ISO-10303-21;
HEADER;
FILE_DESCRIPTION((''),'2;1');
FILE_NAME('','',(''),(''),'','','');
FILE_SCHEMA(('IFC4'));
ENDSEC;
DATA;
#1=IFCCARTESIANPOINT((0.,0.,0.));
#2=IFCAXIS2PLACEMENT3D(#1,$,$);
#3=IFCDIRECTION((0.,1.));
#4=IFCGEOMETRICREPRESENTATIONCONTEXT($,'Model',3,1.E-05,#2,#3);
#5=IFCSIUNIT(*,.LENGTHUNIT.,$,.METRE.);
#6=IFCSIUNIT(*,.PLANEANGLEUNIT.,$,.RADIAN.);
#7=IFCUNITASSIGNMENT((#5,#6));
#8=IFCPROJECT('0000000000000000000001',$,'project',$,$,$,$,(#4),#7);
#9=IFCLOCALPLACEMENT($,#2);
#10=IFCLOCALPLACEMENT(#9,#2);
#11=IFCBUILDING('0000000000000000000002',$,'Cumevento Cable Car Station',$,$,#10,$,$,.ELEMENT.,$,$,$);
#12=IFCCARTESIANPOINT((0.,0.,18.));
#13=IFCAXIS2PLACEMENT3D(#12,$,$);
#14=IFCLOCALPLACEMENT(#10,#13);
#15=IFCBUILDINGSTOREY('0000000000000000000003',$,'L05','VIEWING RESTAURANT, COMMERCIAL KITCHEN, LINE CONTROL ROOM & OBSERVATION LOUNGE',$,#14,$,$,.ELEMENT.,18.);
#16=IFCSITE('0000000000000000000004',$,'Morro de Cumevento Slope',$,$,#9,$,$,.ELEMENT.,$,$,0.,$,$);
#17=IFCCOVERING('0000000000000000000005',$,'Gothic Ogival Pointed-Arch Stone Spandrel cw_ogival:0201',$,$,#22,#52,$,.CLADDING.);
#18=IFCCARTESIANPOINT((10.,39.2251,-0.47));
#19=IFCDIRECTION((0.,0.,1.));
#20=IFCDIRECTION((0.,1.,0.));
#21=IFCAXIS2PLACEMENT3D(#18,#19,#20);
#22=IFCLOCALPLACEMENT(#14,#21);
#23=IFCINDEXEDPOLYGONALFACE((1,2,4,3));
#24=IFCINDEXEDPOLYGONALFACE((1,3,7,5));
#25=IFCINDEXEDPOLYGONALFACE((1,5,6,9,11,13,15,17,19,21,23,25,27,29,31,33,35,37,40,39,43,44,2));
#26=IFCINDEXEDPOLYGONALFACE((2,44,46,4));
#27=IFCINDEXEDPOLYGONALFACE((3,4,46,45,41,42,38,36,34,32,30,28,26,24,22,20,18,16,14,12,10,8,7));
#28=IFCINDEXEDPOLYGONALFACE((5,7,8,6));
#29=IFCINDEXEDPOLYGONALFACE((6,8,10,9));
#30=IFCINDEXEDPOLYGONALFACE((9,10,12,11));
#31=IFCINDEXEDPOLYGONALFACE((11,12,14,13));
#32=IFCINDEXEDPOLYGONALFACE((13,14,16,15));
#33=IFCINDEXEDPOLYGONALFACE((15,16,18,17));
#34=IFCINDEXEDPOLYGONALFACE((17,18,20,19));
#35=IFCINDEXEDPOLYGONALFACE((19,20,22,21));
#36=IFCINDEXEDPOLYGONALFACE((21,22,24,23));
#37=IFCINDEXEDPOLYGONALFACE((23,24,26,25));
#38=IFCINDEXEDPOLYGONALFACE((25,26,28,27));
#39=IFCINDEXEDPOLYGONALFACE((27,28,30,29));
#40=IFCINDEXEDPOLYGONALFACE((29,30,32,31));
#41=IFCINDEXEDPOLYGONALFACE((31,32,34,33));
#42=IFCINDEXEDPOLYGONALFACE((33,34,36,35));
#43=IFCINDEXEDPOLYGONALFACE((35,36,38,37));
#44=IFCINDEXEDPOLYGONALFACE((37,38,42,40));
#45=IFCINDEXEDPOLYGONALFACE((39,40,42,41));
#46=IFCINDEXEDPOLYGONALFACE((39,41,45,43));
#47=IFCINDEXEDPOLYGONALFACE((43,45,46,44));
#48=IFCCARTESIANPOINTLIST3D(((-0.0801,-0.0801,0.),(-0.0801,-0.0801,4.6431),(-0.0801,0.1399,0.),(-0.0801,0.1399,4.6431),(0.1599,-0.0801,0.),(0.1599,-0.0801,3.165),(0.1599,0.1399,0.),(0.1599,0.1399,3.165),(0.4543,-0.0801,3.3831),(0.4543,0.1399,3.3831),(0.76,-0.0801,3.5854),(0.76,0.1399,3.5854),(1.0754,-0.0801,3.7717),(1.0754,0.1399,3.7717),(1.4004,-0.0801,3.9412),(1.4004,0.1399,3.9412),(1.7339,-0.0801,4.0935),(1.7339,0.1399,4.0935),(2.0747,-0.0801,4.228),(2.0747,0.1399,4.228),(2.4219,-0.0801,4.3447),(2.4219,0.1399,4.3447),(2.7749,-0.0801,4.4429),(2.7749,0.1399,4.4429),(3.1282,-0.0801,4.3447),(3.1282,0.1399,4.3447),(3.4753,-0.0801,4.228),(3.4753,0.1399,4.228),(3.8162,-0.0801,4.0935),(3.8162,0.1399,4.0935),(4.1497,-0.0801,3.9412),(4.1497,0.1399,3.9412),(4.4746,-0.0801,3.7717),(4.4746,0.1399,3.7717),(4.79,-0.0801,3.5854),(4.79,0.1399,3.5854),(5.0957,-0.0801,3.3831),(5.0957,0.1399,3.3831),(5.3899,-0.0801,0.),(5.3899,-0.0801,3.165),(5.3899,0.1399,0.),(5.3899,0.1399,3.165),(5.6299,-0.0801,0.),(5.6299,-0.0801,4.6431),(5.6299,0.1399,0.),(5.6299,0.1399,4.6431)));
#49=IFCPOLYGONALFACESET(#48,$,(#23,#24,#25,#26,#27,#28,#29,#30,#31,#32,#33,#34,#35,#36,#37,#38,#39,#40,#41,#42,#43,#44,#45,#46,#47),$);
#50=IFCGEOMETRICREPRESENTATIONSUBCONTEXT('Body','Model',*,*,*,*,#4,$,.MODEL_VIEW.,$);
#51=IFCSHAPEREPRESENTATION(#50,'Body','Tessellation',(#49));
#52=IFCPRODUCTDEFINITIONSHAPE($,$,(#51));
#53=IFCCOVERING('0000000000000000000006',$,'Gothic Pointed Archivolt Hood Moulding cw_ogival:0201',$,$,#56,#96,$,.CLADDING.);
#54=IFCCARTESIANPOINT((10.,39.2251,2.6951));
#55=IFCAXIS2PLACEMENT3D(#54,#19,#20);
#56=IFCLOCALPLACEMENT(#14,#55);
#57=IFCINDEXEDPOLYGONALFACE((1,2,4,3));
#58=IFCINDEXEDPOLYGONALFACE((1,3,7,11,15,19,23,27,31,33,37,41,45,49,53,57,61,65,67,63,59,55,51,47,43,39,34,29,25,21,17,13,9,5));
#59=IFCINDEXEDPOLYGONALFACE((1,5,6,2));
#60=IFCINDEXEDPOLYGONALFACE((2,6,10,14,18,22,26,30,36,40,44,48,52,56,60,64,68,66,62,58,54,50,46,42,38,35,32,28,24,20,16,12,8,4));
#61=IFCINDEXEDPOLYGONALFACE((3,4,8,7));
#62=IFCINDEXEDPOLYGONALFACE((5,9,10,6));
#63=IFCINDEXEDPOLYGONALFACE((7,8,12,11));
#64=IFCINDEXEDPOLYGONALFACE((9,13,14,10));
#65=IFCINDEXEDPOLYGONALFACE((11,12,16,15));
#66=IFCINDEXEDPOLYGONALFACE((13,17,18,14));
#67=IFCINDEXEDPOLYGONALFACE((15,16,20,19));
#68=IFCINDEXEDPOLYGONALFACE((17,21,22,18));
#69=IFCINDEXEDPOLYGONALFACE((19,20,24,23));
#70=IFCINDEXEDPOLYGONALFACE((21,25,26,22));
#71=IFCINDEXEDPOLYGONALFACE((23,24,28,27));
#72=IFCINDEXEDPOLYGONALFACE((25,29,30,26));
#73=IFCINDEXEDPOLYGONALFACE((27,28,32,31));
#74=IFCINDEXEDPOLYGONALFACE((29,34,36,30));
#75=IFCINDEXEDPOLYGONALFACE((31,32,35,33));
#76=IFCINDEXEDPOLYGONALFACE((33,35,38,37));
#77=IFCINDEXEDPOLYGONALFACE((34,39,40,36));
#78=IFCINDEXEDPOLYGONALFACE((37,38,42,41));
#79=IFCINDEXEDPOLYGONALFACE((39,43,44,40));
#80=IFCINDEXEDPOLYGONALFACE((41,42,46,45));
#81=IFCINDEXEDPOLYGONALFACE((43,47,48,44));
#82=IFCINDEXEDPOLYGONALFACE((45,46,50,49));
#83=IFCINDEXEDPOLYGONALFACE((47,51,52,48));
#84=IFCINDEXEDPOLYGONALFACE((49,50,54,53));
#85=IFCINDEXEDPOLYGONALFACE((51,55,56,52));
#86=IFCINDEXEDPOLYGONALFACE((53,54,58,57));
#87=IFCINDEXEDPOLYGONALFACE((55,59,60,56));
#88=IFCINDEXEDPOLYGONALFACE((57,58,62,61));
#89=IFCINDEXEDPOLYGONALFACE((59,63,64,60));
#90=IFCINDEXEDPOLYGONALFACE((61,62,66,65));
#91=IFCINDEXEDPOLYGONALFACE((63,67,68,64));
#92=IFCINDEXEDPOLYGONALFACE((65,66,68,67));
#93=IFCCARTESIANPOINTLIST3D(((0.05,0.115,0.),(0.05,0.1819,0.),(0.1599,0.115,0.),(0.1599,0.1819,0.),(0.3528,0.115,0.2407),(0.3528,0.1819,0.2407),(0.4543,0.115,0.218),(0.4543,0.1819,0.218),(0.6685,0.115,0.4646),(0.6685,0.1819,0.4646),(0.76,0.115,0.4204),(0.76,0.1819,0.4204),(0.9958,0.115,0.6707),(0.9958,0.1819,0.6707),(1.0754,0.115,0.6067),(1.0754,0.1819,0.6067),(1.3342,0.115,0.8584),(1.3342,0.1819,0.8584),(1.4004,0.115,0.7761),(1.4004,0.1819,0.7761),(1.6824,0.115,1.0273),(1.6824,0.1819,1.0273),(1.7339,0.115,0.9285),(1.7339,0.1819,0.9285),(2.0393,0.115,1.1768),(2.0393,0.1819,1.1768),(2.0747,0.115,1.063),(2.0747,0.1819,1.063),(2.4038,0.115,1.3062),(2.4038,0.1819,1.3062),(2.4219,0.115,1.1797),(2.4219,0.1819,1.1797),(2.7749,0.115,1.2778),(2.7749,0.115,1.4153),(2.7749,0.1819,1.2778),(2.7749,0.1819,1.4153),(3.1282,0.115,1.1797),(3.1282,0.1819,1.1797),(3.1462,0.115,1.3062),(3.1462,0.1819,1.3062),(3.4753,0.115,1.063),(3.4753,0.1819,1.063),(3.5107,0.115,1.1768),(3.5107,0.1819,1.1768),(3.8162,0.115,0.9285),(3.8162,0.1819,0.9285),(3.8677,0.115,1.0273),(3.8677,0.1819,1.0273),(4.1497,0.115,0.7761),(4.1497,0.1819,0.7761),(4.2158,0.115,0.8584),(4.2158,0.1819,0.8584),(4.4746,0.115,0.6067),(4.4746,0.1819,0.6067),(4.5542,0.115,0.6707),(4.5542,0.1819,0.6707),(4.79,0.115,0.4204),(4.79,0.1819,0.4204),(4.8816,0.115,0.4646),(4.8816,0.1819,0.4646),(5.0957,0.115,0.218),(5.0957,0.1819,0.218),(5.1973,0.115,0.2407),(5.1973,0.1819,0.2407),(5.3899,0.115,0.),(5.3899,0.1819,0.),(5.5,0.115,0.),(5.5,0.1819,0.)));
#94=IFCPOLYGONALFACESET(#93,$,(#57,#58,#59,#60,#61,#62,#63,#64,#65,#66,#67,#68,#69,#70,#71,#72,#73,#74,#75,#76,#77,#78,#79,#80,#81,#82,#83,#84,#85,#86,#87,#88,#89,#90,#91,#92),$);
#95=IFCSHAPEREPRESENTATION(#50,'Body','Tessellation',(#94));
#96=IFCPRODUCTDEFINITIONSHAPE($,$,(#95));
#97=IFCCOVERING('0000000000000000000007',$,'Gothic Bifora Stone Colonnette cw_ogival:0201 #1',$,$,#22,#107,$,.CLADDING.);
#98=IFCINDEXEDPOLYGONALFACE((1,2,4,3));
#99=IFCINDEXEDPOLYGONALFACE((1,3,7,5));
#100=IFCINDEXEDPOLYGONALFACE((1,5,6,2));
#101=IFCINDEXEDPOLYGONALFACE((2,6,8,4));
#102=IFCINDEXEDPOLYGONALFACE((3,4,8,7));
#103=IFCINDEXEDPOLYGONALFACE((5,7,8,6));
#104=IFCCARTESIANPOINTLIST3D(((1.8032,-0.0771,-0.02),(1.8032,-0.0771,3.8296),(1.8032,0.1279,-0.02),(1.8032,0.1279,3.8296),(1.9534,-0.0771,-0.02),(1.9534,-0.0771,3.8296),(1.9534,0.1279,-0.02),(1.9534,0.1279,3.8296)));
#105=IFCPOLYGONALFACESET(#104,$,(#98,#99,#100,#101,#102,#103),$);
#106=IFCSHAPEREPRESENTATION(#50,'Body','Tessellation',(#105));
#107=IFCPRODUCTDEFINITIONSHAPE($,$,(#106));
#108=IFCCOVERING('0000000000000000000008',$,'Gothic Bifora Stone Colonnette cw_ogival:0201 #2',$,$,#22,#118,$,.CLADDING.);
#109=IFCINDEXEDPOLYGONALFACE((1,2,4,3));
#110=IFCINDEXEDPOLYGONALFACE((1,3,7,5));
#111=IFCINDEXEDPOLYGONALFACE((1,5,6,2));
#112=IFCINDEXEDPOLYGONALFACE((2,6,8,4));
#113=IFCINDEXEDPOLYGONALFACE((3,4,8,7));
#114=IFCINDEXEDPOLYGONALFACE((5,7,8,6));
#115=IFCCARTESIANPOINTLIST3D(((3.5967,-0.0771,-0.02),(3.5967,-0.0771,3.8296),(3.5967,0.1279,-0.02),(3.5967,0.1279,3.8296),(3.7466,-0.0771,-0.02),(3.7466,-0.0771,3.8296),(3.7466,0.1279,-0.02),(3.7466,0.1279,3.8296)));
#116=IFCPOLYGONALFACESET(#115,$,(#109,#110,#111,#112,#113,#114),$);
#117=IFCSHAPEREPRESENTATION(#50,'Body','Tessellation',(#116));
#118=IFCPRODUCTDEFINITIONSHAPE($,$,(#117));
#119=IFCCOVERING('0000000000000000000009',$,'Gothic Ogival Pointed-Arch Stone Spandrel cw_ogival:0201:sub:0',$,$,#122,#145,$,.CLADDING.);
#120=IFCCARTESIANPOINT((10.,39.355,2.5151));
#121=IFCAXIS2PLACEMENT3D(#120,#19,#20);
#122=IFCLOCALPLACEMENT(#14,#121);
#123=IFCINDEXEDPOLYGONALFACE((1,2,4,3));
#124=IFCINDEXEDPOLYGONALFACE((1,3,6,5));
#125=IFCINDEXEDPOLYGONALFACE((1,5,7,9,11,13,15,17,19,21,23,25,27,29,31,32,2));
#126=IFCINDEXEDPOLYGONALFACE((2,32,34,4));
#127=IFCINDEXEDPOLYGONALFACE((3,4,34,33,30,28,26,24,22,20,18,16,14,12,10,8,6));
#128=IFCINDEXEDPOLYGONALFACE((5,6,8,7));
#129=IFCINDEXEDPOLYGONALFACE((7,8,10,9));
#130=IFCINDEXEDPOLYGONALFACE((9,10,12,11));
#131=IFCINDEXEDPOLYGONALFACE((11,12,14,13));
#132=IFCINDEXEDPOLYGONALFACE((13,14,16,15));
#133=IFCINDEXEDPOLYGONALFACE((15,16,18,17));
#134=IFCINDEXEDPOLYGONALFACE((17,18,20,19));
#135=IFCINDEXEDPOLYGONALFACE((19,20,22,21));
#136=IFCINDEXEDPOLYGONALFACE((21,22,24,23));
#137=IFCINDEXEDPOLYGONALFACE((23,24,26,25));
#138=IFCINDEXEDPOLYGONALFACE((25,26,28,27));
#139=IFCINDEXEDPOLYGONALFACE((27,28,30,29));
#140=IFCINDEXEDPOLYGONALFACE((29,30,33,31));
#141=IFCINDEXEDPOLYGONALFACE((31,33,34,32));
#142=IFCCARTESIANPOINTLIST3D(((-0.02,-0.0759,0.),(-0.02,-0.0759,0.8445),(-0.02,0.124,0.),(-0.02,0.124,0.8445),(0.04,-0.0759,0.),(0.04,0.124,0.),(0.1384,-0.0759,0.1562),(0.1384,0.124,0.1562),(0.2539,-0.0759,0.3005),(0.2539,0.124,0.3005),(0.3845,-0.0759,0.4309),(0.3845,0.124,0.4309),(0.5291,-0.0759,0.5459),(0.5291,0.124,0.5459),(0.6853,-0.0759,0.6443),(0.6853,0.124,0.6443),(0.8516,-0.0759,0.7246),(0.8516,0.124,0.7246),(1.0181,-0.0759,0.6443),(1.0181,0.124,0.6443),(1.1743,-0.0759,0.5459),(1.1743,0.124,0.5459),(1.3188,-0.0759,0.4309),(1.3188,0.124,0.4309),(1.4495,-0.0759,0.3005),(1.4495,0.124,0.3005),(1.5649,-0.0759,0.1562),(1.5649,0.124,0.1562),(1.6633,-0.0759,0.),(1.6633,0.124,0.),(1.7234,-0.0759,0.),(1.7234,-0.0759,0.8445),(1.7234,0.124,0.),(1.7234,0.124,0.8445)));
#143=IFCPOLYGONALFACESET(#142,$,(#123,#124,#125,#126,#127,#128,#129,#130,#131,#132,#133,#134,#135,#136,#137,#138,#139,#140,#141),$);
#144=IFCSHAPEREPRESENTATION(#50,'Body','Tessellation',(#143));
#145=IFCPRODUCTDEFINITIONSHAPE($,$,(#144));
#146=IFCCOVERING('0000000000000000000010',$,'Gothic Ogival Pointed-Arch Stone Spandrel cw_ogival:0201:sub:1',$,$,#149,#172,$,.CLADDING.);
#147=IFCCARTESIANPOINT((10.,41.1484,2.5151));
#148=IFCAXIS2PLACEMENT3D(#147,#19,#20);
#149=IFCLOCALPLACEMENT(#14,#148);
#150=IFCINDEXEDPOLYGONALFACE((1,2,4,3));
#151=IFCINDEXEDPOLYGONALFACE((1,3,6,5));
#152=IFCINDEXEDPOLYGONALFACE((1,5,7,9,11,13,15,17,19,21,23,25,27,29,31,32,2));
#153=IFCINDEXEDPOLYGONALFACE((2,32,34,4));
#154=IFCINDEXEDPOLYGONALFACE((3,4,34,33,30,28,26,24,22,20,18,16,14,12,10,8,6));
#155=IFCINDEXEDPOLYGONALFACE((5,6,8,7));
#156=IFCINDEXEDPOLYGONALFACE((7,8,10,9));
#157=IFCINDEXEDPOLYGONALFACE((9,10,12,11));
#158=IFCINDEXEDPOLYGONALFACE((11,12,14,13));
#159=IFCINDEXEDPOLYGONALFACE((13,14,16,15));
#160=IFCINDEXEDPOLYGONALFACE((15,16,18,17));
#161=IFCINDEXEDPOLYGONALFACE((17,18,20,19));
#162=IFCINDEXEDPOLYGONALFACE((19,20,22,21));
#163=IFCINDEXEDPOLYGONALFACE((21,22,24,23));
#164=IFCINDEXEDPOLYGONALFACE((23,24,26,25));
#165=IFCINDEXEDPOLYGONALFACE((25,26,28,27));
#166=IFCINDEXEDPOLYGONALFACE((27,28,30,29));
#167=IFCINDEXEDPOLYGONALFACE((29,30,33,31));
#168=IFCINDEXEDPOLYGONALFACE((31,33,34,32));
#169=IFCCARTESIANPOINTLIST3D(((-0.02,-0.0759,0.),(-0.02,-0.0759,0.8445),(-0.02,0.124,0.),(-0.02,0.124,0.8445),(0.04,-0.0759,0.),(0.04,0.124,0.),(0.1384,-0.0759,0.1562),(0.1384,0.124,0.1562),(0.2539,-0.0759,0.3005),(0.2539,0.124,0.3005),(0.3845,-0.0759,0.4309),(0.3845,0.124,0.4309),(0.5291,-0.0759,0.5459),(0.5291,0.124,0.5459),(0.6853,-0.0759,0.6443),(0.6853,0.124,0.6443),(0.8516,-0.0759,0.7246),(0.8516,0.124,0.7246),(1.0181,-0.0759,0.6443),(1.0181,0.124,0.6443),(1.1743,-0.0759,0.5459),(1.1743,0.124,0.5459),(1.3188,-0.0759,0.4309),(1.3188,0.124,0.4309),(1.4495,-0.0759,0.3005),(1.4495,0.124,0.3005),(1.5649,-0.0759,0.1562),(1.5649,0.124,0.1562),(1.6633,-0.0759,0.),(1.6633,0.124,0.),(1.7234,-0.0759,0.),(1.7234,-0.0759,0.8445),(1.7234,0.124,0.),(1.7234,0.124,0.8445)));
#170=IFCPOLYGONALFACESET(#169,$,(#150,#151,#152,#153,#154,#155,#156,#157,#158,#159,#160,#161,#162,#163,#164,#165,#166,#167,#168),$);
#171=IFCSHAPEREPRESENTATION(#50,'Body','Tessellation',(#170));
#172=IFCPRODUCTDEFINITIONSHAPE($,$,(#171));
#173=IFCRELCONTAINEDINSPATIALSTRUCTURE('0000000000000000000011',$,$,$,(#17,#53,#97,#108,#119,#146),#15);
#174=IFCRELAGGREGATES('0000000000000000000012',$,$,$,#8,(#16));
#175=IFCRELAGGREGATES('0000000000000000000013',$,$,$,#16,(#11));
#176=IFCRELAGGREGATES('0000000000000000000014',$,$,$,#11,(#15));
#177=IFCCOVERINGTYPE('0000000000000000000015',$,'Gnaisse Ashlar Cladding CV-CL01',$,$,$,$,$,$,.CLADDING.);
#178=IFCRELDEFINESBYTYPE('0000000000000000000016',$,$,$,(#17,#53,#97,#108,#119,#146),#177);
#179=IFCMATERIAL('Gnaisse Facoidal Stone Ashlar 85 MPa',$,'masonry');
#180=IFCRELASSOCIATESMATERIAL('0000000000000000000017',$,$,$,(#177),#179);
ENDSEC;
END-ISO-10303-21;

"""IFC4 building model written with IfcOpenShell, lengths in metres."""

from ifc_helpers import new_model, si_unit, direction, frame, origin, place, context, subcontext, project, spatial, polyline, outline, extrude, material, type_object, element, save


model = new_model("IFC4")

# Units and contexts
model_context = context("Model", 3, precision=1e-05, world=origin(), true_north=direction((0.0, 1.0)))
body_context = subcontext(model_context, "Body", "Model", "MODEL_VIEW")
ifc_project = project(units=[si_unit("LENGTHUNIT", "METRE"), si_unit("PLANEANGLEUNIT", "RADIAN")], contexts=[model_context])

# Site, building, storey
site_placement = place(None, origin())
site = spatial("IfcSite", under=ifc_project, at=site_placement, Name="Morro de Cumevento Slope", CompositionType="ELEMENT", RefElevation=0.0)
building_placement = place(site_placement, origin())
building = spatial("IfcBuilding", under=site, at=building_placement, Name="Cumevento Cable Car Station", CompositionType="ELEMENT")
storey_placement = place(building_placement, frame((0.0, 0.0, 18.0)))
storey = spatial("IfcBuildingStorey", under=building, at=storey_placement, Name="L05", Description="VIEWING RESTAURANT, COMMERCIAL KITCHEN, LINE CONTROL ROOM & OBSERVATION LOUNGE", CompositionType="ELEMENT", Elevation=18.0)

# Coverings
ifc_material_1 = material(Name="Gnaisse Facoidal Stone Ashlar 85 MPa", Category="masonry")
covering_type = type_object("IfcCoveringType", Name="Gnaisse Ashlar Cladding CV-CL01", PredefinedType="CLADDING", material=ifc_material_1)
placement = place(storey_placement, frame((10.0, 39.2251, -0.47), z_axis=(0.0, 0.0, 1.0), x_axis=(0.0, 1.0, 0.0)))
element("IfcCovering", 1, at=placement, inside=storey, type_object=covering_type, Name="Gothic Ogival Pointed-Arch Stone Spandrel cw_ogival:0201", PredefinedType="CLADDING", context=body_context, shape_type="SweptSolid", body=[
    extrude(outline(polyline([(-0.0801, 0.0), (-0.0801, 4.6431), (5.6299, 4.6431), (5.6299, 0.0), (5.3899, 0.0), (5.3899, 3.165), (5.0957, 3.3831), (4.79, 3.5854), (4.4746, 3.7717), (4.1497, 3.9412), (3.8162, 4.0935), (3.4753, 4.228), (3.1282, 4.3447), (2.7749, 4.4429), (2.4219, 4.3447), (2.0747, 4.228), (1.7339, 4.0935), (1.4004, 3.9412), (1.0754, 3.7717), (0.76, 3.5854), (0.4543, 3.3831), (0.1599, 3.165), (0.1599, 0.0), (-0.0801, 0.0)])), frame((0.0, 0.1399, 0.0), z_axis=(0.0, -1.0, 0.0), x_axis=(1.0, 0.0, 0.0)), (0.0, 0.0, 1.0), 0.22),
])
covering_1_placement = place(storey_placement, frame((10.0, 39.2251, 2.6951), z_axis=(0.0, 0.0, 1.0), x_axis=(0.0, 1.0, 0.0)))
element("IfcCovering", 2, at=covering_1_placement, inside=storey, type_object=covering_type, Name="Gothic Pointed Archivolt Hood Moulding cw_ogival:0201", PredefinedType="CLADDING", context=body_context, shape_type="SweptSolid", body=[
    extrude(outline(polyline([(0.1599, 0.0), (0.4543, 0.218), (0.76, 0.4204), (1.0754, 0.6067), (1.4004, 0.7761), (1.7339, 0.9285), (2.0747, 1.063), (2.4219, 1.1797), (2.7749, 1.2778), (3.1282, 1.1797), (3.4753, 1.063), (3.8162, 0.9285), (4.1497, 0.7761), (4.4746, 0.6067), (4.79, 0.4204), (5.0957, 0.218), (5.3899, 0.0), (5.5, 0.0), (5.1973, 0.2407), (4.8816, 0.4646), (4.5542, 0.6707), (4.2158, 0.8584), (3.8677, 1.0273), (3.5107, 1.1768), (3.1462, 1.3062), (2.7749, 1.4153), (2.4038, 1.3062), (2.0393, 1.1768), (1.6824, 1.0273), (1.3342, 0.8584), (0.9958, 0.6707), (0.6685, 0.4646), (0.3528, 0.2407), (0.05, 0.0), (0.1599, 0.0)])), frame((0.0, 0.1819, 0.0), z_axis=(0.0, -1.0, 0.0), x_axis=(1.0, 0.0, 0.0)), (0.0, 0.0, 1.0), 0.0669),
])
element("IfcCovering", 3, at=placement, inside=storey, type_object=covering_type, Name="Gothic Bifora Stone Colonnette cw_ogival:0201 #1", PredefinedType="CLADDING", context=body_context, shape_type="SweptSolid", body=[
    extrude(outline(polyline([(1.8032, -0.02), (1.9534, -0.02), (1.9534, 3.8296), (1.8032, 3.8296), (1.8032, -0.02)])), frame((0.0, 0.1279, 0.0), z_axis=(0.0, -1.0, 0.0), x_axis=(1.0, 0.0, 0.0)), (0.0, 0.0, 1.0), 0.2051),
])
element("IfcCovering", 4, at=placement, inside=storey, type_object=covering_type, Name="Gothic Bifora Stone Colonnette cw_ogival:0201 #2", PredefinedType="CLADDING", context=body_context, shape_type="SweptSolid", body=[
    extrude(outline(polyline([(3.5967, -0.02), (3.7466, -0.02), (3.7466, 3.8296), (3.5967, 3.8296), (3.5967, -0.02)])), frame((0.0, 0.1279, 0.0), z_axis=(0.0, -1.0, 0.0), x_axis=(1.0, 0.0, 0.0)), (0.0, 0.0, 1.0), 0.2051),
])
for number, where, z_axis, x_axis, name in (
    (5, (10.0, 39.355, 2.5151), (0.0, 0.0, 1.0), (0.0, 1.0, 0.0), "Gothic Ogival Pointed-Arch Stone Spandrel cw_ogival:0201:sub:0"),
    (6, (10.0, 41.1484, 2.5151), (0.0, 0.0, 1.0), (0.0, 1.0, 0.0), "Gothic Ogival Pointed-Arch Stone Spandrel cw_ogival:0201:sub:1"),
):
    element("IfcCovering", number, at=place(storey_placement, frame(where, z_axis=z_axis, x_axis=x_axis)), inside=storey, type_object=covering_type, Name=name, PredefinedType="CLADDING", context=body_context, shape_type="SweptSolid", body=[
        extrude(outline(polyline([(-0.02, 0.0), (-0.02, 0.8445), (1.7234, 0.8445), (1.7234, 0.0), (1.6633, 0.0), (1.5649, 0.1562), (1.4495, 0.3005), (1.3188, 0.4309), (1.1743, 0.5459), (1.0181, 0.6443), (0.8516, 0.7246), (0.6853, 0.6443), (0.5291, 0.5459), (0.3845, 0.4309), (0.2539, 0.3005), (0.1384, 0.1562), (0.04, 0.0), (-0.02, 0.0)])), frame((0.0, 0.124, 0.0), z_axis=(0.0, -1.0, 0.0), x_axis=(1.0, 0.0, 0.0)), (0.0, 0.0, 1.0), 0.2),
    ])

save(model, "model.ifc")
